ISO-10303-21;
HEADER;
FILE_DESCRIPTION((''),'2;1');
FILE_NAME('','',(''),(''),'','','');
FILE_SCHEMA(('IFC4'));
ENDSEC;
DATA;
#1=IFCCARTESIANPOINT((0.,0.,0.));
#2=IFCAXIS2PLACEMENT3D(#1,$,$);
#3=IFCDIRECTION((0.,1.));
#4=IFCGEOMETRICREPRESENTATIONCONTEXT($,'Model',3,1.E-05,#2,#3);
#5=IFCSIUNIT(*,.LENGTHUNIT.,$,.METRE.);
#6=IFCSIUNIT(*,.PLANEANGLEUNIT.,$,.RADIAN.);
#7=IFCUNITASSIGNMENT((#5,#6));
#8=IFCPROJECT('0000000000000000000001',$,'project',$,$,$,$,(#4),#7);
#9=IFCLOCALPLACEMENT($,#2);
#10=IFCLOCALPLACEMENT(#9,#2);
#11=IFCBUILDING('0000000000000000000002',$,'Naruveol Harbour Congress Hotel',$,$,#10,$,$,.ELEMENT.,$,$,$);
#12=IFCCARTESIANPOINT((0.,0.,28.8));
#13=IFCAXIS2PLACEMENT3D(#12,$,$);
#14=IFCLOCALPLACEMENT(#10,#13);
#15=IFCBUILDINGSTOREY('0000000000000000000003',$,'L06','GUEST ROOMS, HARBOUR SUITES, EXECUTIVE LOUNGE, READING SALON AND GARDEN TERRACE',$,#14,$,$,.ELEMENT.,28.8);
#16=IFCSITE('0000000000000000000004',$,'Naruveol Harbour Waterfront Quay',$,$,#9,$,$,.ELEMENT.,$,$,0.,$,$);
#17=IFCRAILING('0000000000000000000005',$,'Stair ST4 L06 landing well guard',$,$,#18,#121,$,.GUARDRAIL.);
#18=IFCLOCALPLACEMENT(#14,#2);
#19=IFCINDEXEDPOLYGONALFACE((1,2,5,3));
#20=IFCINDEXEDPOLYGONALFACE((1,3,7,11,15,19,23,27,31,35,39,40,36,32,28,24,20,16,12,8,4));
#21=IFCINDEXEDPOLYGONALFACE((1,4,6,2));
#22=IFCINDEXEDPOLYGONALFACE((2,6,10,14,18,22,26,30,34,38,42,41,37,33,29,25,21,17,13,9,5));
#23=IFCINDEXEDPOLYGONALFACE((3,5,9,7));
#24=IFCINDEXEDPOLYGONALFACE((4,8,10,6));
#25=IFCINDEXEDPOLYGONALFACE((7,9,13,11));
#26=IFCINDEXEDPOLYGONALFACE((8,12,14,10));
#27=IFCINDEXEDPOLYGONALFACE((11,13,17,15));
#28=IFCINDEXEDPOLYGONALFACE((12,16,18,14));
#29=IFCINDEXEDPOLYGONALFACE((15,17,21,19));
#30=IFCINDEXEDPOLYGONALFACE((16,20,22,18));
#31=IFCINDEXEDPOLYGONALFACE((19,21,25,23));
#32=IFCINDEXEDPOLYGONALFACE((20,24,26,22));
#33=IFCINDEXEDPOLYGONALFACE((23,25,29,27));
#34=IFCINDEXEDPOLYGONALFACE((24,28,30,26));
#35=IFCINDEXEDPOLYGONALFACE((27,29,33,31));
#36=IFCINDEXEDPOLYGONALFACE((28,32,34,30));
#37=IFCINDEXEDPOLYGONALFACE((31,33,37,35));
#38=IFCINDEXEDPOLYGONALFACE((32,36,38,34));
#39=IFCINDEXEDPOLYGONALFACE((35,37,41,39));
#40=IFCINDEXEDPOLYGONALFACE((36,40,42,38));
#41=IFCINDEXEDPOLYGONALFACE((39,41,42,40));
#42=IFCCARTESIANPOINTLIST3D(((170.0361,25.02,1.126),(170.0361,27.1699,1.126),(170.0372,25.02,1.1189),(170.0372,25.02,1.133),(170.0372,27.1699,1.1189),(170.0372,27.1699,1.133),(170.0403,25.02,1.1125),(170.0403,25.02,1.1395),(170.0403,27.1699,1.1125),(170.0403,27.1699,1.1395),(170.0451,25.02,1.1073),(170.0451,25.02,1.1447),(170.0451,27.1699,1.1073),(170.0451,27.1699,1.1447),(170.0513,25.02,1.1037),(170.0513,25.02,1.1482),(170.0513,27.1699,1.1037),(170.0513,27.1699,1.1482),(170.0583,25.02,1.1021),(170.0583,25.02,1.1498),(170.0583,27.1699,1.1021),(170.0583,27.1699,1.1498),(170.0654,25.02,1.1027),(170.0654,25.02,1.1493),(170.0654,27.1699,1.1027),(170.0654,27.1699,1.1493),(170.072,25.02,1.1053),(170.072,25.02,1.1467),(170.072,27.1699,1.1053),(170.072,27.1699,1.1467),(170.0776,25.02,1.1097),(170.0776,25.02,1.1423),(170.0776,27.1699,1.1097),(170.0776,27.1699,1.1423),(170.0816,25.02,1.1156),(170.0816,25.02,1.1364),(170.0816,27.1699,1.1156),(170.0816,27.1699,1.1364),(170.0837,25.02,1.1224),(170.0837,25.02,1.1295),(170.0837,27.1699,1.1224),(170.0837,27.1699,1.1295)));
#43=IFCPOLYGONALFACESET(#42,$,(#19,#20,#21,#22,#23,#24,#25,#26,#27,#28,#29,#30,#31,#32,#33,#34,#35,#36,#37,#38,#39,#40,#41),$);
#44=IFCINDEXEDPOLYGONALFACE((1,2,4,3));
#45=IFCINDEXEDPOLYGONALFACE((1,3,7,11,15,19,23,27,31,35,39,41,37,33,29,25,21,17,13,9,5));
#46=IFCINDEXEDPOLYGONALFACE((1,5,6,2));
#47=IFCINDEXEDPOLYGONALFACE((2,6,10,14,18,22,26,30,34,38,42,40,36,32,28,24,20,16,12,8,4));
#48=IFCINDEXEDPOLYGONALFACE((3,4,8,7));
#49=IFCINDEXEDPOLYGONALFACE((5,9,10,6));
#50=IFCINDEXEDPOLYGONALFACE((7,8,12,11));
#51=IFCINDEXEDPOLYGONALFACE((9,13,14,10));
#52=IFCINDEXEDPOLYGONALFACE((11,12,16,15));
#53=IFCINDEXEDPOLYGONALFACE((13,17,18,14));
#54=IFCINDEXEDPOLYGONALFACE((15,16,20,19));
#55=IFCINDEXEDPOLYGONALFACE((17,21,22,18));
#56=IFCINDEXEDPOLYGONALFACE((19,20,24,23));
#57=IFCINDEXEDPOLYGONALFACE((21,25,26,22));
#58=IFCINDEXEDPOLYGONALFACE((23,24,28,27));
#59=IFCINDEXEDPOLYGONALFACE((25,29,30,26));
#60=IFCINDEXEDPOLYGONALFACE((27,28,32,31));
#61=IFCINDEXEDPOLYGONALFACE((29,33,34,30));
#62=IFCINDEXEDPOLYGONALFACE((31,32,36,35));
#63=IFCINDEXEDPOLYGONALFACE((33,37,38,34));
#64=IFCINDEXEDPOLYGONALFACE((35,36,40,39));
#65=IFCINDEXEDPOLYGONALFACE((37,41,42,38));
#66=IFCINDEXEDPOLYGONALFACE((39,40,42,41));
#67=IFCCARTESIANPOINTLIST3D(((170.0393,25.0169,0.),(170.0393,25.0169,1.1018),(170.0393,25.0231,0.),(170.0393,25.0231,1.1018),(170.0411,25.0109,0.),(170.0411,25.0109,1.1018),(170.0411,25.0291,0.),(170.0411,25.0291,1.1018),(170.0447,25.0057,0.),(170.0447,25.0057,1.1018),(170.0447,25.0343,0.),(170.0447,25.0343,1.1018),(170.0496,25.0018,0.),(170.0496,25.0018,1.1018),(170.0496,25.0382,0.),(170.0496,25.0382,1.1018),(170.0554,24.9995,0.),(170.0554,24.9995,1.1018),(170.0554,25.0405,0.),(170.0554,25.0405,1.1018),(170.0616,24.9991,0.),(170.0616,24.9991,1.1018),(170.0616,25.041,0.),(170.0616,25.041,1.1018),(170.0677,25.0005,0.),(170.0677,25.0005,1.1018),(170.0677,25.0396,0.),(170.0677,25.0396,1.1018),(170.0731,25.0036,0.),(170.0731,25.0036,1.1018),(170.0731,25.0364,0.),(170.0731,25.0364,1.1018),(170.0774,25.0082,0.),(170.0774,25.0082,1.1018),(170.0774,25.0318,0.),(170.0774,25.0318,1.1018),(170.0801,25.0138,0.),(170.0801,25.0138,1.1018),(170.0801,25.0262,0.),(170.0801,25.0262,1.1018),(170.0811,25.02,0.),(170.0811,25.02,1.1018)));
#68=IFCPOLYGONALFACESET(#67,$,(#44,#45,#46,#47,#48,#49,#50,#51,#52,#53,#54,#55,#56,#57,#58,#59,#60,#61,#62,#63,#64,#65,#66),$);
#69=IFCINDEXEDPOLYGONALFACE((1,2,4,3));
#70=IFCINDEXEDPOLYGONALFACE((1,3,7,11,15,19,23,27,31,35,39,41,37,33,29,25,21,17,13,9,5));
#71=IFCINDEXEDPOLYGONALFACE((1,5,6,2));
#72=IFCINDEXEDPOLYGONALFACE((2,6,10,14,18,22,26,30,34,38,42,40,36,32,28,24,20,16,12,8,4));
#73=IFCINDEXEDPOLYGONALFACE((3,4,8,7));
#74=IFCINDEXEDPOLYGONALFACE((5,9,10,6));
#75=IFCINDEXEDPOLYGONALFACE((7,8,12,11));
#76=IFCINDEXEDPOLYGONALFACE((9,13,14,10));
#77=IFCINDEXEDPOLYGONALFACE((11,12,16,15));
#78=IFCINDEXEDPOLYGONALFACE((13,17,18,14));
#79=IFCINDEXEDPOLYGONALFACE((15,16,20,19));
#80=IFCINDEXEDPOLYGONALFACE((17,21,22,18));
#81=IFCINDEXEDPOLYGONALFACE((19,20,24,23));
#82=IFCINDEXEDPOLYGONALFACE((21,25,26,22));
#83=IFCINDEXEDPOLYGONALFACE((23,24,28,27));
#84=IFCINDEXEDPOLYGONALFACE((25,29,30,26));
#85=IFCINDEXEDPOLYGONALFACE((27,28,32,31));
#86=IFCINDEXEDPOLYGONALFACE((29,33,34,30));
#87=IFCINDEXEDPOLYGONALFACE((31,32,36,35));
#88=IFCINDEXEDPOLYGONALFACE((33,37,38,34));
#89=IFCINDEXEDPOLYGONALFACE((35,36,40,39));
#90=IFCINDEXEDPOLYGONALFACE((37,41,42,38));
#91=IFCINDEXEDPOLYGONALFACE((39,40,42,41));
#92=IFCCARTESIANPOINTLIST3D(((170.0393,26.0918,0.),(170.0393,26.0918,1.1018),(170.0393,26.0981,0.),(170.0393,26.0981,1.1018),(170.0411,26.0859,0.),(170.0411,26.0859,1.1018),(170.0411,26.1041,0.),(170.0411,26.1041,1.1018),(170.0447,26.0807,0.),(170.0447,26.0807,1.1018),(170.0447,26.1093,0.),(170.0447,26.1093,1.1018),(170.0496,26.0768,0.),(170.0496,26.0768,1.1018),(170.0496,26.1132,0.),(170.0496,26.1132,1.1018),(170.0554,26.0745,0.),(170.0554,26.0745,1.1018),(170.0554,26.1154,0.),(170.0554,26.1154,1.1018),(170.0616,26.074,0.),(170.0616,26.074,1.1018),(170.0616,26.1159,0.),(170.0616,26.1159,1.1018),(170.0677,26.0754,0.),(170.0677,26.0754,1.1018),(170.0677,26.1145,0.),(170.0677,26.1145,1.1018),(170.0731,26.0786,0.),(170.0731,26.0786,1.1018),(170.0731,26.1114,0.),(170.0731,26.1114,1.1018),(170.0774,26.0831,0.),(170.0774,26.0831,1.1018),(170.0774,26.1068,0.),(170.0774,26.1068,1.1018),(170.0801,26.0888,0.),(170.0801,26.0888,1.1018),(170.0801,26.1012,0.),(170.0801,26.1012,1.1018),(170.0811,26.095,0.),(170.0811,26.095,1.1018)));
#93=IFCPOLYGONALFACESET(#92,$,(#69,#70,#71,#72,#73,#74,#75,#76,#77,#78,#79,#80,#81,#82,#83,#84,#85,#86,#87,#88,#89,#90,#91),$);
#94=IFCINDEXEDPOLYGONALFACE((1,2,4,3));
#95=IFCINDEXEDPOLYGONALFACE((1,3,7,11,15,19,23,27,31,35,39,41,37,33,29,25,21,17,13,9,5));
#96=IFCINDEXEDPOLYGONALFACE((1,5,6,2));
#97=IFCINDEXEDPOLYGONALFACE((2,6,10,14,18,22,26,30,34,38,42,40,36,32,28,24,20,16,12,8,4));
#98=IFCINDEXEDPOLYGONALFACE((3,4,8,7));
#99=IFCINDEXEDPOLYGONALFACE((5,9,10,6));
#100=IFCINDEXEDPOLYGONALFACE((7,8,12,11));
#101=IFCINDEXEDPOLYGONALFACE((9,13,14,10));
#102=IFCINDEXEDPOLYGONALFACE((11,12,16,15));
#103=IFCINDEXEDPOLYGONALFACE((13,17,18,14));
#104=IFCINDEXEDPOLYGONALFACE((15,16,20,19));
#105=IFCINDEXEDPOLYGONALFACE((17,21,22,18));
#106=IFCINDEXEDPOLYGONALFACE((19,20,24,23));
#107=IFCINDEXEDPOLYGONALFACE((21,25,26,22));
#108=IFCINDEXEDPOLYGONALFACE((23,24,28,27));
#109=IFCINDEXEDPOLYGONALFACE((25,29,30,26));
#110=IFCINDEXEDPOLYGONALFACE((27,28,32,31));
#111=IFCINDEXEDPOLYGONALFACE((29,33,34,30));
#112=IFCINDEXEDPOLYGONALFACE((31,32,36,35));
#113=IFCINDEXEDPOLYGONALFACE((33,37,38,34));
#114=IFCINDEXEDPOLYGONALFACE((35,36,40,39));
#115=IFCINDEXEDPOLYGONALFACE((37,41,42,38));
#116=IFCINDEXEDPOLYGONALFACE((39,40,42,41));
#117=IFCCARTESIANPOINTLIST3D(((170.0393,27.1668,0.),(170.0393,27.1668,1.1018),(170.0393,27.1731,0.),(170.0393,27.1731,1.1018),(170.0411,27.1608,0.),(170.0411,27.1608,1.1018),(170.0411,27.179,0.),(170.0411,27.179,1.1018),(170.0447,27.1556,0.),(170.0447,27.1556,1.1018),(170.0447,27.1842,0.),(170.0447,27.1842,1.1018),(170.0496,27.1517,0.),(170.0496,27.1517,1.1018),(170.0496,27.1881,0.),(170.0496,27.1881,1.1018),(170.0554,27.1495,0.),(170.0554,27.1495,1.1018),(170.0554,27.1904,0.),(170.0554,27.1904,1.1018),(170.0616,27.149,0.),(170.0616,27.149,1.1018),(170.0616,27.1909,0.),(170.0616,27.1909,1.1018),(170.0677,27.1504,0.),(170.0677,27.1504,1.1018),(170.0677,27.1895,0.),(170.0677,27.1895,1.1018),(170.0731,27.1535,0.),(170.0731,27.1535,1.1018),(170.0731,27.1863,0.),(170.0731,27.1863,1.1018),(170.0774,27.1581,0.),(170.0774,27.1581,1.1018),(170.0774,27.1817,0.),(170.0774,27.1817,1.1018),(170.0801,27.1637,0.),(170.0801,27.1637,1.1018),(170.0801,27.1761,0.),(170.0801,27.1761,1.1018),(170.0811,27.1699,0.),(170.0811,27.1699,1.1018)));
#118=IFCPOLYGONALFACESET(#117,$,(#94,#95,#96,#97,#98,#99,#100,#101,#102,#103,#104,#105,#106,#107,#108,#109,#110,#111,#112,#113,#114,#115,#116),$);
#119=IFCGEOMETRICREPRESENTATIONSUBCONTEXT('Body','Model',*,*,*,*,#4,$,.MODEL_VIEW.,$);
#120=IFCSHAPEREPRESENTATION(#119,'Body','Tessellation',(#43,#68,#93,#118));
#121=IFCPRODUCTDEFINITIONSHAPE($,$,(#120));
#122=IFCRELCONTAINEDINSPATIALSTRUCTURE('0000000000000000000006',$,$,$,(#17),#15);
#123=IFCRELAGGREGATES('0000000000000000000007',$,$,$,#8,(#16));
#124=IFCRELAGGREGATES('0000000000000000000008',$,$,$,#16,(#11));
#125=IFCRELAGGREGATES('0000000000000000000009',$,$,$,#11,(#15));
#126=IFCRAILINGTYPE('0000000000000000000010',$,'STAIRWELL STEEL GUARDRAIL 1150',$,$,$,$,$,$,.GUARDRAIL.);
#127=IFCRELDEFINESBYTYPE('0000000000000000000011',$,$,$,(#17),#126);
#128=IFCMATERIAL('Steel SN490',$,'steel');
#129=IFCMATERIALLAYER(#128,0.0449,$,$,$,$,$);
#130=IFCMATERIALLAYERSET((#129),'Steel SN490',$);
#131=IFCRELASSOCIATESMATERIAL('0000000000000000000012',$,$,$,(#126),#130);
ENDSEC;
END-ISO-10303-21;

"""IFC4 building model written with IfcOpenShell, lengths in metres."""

from ifc_helpers import new_model, si_unit, direction, frame, origin, origin_2d, place, context, subcontext, project, spatial, circle, extrude, material, layer, layer_set, type_object, element, save


model = new_model("IFC4")

# Units and contexts
model_context = context("Model", 3, precision=1e-05, world=origin(), true_north=direction((0.0, 1.0)))
body_context = subcontext(model_context, "Body", "Model", "MODEL_VIEW")
ifc_project = project(units=[si_unit("LENGTHUNIT", "METRE"), si_unit("PLANEANGLEUNIT", "RADIAN")], contexts=[model_context])

# Site, building, storey
site_placement = place(None, origin())
site = spatial("IfcSite", under=ifc_project, at=site_placement, Name="Naruveol Harbour Waterfront Quay", CompositionType="ELEMENT", RefElevation=0.0)
building_placement = place(site_placement, origin())
building = spatial("IfcBuilding", under=site, at=building_placement, Name="Naruveol Harbour Congress Hotel", CompositionType="ELEMENT")
storey_placement = place(building_placement, frame((0.0, 0.0, 28.8)))
storey = spatial("IfcBuildingStorey", under=building, at=storey_placement, Name="L06", Description="GUEST ROOMS, HARBOUR SUITES, EXECUTIVE LOUNGE, READING SALON AND GARDEN TERRACE", CompositionType="ELEMENT", Elevation=28.8)

# Railing
ifc_material_1 = material(Name="Steel SN490", Category="steel")
ifc_layer_1 = layer(ifc_material_1, 0.0449)
ifc_layer_set_1 = layer_set([ifc_layer_1], Name="Steel SN490")
railing_type_1 = type_object("IfcRailingType", Name="STAIRWELL STEEL GUARDRAIL 1150", PredefinedType="GUARDRAIL", material=ifc_layer_set_1)
railing_1_placement = place(storey_placement, frame((170.0601, 25.02, 0.0)))
element("IfcRailing", 1, at=railing_1_placement, inside=storey, type_object=railing_type_1, Name="Stair ST4 L06 landing well guard", PredefinedType="GUARDRAIL", context=body_context, shape_type="SweptSolid", body=[
    extrude(circle(Radius=0.0239, at=origin_2d()), frame((0.0, 0.0, 1.126), z_axis=(0.0, 1.0, 0.0), x_axis=(-1.0, 0.0, 0.0)), (0.0, 0.0, 1.0), 2.1499),
    extrude(circle(Radius=0.021, at=origin_2d()), origin(), (0.0, 0.0, 1.0), 1.1018),
    extrude(circle(Radius=0.021, at=origin_2d()), frame((0.0, 1.075, 0.0)), (0.0, 0.0, 1.0), 1.1018),
    extrude(circle(Radius=0.021, at=origin_2d()), frame((0.0, 2.1499, 0.0)), (0.0, 0.0, 1.0), 1.1018),
])

save(model, "model.ifc")
